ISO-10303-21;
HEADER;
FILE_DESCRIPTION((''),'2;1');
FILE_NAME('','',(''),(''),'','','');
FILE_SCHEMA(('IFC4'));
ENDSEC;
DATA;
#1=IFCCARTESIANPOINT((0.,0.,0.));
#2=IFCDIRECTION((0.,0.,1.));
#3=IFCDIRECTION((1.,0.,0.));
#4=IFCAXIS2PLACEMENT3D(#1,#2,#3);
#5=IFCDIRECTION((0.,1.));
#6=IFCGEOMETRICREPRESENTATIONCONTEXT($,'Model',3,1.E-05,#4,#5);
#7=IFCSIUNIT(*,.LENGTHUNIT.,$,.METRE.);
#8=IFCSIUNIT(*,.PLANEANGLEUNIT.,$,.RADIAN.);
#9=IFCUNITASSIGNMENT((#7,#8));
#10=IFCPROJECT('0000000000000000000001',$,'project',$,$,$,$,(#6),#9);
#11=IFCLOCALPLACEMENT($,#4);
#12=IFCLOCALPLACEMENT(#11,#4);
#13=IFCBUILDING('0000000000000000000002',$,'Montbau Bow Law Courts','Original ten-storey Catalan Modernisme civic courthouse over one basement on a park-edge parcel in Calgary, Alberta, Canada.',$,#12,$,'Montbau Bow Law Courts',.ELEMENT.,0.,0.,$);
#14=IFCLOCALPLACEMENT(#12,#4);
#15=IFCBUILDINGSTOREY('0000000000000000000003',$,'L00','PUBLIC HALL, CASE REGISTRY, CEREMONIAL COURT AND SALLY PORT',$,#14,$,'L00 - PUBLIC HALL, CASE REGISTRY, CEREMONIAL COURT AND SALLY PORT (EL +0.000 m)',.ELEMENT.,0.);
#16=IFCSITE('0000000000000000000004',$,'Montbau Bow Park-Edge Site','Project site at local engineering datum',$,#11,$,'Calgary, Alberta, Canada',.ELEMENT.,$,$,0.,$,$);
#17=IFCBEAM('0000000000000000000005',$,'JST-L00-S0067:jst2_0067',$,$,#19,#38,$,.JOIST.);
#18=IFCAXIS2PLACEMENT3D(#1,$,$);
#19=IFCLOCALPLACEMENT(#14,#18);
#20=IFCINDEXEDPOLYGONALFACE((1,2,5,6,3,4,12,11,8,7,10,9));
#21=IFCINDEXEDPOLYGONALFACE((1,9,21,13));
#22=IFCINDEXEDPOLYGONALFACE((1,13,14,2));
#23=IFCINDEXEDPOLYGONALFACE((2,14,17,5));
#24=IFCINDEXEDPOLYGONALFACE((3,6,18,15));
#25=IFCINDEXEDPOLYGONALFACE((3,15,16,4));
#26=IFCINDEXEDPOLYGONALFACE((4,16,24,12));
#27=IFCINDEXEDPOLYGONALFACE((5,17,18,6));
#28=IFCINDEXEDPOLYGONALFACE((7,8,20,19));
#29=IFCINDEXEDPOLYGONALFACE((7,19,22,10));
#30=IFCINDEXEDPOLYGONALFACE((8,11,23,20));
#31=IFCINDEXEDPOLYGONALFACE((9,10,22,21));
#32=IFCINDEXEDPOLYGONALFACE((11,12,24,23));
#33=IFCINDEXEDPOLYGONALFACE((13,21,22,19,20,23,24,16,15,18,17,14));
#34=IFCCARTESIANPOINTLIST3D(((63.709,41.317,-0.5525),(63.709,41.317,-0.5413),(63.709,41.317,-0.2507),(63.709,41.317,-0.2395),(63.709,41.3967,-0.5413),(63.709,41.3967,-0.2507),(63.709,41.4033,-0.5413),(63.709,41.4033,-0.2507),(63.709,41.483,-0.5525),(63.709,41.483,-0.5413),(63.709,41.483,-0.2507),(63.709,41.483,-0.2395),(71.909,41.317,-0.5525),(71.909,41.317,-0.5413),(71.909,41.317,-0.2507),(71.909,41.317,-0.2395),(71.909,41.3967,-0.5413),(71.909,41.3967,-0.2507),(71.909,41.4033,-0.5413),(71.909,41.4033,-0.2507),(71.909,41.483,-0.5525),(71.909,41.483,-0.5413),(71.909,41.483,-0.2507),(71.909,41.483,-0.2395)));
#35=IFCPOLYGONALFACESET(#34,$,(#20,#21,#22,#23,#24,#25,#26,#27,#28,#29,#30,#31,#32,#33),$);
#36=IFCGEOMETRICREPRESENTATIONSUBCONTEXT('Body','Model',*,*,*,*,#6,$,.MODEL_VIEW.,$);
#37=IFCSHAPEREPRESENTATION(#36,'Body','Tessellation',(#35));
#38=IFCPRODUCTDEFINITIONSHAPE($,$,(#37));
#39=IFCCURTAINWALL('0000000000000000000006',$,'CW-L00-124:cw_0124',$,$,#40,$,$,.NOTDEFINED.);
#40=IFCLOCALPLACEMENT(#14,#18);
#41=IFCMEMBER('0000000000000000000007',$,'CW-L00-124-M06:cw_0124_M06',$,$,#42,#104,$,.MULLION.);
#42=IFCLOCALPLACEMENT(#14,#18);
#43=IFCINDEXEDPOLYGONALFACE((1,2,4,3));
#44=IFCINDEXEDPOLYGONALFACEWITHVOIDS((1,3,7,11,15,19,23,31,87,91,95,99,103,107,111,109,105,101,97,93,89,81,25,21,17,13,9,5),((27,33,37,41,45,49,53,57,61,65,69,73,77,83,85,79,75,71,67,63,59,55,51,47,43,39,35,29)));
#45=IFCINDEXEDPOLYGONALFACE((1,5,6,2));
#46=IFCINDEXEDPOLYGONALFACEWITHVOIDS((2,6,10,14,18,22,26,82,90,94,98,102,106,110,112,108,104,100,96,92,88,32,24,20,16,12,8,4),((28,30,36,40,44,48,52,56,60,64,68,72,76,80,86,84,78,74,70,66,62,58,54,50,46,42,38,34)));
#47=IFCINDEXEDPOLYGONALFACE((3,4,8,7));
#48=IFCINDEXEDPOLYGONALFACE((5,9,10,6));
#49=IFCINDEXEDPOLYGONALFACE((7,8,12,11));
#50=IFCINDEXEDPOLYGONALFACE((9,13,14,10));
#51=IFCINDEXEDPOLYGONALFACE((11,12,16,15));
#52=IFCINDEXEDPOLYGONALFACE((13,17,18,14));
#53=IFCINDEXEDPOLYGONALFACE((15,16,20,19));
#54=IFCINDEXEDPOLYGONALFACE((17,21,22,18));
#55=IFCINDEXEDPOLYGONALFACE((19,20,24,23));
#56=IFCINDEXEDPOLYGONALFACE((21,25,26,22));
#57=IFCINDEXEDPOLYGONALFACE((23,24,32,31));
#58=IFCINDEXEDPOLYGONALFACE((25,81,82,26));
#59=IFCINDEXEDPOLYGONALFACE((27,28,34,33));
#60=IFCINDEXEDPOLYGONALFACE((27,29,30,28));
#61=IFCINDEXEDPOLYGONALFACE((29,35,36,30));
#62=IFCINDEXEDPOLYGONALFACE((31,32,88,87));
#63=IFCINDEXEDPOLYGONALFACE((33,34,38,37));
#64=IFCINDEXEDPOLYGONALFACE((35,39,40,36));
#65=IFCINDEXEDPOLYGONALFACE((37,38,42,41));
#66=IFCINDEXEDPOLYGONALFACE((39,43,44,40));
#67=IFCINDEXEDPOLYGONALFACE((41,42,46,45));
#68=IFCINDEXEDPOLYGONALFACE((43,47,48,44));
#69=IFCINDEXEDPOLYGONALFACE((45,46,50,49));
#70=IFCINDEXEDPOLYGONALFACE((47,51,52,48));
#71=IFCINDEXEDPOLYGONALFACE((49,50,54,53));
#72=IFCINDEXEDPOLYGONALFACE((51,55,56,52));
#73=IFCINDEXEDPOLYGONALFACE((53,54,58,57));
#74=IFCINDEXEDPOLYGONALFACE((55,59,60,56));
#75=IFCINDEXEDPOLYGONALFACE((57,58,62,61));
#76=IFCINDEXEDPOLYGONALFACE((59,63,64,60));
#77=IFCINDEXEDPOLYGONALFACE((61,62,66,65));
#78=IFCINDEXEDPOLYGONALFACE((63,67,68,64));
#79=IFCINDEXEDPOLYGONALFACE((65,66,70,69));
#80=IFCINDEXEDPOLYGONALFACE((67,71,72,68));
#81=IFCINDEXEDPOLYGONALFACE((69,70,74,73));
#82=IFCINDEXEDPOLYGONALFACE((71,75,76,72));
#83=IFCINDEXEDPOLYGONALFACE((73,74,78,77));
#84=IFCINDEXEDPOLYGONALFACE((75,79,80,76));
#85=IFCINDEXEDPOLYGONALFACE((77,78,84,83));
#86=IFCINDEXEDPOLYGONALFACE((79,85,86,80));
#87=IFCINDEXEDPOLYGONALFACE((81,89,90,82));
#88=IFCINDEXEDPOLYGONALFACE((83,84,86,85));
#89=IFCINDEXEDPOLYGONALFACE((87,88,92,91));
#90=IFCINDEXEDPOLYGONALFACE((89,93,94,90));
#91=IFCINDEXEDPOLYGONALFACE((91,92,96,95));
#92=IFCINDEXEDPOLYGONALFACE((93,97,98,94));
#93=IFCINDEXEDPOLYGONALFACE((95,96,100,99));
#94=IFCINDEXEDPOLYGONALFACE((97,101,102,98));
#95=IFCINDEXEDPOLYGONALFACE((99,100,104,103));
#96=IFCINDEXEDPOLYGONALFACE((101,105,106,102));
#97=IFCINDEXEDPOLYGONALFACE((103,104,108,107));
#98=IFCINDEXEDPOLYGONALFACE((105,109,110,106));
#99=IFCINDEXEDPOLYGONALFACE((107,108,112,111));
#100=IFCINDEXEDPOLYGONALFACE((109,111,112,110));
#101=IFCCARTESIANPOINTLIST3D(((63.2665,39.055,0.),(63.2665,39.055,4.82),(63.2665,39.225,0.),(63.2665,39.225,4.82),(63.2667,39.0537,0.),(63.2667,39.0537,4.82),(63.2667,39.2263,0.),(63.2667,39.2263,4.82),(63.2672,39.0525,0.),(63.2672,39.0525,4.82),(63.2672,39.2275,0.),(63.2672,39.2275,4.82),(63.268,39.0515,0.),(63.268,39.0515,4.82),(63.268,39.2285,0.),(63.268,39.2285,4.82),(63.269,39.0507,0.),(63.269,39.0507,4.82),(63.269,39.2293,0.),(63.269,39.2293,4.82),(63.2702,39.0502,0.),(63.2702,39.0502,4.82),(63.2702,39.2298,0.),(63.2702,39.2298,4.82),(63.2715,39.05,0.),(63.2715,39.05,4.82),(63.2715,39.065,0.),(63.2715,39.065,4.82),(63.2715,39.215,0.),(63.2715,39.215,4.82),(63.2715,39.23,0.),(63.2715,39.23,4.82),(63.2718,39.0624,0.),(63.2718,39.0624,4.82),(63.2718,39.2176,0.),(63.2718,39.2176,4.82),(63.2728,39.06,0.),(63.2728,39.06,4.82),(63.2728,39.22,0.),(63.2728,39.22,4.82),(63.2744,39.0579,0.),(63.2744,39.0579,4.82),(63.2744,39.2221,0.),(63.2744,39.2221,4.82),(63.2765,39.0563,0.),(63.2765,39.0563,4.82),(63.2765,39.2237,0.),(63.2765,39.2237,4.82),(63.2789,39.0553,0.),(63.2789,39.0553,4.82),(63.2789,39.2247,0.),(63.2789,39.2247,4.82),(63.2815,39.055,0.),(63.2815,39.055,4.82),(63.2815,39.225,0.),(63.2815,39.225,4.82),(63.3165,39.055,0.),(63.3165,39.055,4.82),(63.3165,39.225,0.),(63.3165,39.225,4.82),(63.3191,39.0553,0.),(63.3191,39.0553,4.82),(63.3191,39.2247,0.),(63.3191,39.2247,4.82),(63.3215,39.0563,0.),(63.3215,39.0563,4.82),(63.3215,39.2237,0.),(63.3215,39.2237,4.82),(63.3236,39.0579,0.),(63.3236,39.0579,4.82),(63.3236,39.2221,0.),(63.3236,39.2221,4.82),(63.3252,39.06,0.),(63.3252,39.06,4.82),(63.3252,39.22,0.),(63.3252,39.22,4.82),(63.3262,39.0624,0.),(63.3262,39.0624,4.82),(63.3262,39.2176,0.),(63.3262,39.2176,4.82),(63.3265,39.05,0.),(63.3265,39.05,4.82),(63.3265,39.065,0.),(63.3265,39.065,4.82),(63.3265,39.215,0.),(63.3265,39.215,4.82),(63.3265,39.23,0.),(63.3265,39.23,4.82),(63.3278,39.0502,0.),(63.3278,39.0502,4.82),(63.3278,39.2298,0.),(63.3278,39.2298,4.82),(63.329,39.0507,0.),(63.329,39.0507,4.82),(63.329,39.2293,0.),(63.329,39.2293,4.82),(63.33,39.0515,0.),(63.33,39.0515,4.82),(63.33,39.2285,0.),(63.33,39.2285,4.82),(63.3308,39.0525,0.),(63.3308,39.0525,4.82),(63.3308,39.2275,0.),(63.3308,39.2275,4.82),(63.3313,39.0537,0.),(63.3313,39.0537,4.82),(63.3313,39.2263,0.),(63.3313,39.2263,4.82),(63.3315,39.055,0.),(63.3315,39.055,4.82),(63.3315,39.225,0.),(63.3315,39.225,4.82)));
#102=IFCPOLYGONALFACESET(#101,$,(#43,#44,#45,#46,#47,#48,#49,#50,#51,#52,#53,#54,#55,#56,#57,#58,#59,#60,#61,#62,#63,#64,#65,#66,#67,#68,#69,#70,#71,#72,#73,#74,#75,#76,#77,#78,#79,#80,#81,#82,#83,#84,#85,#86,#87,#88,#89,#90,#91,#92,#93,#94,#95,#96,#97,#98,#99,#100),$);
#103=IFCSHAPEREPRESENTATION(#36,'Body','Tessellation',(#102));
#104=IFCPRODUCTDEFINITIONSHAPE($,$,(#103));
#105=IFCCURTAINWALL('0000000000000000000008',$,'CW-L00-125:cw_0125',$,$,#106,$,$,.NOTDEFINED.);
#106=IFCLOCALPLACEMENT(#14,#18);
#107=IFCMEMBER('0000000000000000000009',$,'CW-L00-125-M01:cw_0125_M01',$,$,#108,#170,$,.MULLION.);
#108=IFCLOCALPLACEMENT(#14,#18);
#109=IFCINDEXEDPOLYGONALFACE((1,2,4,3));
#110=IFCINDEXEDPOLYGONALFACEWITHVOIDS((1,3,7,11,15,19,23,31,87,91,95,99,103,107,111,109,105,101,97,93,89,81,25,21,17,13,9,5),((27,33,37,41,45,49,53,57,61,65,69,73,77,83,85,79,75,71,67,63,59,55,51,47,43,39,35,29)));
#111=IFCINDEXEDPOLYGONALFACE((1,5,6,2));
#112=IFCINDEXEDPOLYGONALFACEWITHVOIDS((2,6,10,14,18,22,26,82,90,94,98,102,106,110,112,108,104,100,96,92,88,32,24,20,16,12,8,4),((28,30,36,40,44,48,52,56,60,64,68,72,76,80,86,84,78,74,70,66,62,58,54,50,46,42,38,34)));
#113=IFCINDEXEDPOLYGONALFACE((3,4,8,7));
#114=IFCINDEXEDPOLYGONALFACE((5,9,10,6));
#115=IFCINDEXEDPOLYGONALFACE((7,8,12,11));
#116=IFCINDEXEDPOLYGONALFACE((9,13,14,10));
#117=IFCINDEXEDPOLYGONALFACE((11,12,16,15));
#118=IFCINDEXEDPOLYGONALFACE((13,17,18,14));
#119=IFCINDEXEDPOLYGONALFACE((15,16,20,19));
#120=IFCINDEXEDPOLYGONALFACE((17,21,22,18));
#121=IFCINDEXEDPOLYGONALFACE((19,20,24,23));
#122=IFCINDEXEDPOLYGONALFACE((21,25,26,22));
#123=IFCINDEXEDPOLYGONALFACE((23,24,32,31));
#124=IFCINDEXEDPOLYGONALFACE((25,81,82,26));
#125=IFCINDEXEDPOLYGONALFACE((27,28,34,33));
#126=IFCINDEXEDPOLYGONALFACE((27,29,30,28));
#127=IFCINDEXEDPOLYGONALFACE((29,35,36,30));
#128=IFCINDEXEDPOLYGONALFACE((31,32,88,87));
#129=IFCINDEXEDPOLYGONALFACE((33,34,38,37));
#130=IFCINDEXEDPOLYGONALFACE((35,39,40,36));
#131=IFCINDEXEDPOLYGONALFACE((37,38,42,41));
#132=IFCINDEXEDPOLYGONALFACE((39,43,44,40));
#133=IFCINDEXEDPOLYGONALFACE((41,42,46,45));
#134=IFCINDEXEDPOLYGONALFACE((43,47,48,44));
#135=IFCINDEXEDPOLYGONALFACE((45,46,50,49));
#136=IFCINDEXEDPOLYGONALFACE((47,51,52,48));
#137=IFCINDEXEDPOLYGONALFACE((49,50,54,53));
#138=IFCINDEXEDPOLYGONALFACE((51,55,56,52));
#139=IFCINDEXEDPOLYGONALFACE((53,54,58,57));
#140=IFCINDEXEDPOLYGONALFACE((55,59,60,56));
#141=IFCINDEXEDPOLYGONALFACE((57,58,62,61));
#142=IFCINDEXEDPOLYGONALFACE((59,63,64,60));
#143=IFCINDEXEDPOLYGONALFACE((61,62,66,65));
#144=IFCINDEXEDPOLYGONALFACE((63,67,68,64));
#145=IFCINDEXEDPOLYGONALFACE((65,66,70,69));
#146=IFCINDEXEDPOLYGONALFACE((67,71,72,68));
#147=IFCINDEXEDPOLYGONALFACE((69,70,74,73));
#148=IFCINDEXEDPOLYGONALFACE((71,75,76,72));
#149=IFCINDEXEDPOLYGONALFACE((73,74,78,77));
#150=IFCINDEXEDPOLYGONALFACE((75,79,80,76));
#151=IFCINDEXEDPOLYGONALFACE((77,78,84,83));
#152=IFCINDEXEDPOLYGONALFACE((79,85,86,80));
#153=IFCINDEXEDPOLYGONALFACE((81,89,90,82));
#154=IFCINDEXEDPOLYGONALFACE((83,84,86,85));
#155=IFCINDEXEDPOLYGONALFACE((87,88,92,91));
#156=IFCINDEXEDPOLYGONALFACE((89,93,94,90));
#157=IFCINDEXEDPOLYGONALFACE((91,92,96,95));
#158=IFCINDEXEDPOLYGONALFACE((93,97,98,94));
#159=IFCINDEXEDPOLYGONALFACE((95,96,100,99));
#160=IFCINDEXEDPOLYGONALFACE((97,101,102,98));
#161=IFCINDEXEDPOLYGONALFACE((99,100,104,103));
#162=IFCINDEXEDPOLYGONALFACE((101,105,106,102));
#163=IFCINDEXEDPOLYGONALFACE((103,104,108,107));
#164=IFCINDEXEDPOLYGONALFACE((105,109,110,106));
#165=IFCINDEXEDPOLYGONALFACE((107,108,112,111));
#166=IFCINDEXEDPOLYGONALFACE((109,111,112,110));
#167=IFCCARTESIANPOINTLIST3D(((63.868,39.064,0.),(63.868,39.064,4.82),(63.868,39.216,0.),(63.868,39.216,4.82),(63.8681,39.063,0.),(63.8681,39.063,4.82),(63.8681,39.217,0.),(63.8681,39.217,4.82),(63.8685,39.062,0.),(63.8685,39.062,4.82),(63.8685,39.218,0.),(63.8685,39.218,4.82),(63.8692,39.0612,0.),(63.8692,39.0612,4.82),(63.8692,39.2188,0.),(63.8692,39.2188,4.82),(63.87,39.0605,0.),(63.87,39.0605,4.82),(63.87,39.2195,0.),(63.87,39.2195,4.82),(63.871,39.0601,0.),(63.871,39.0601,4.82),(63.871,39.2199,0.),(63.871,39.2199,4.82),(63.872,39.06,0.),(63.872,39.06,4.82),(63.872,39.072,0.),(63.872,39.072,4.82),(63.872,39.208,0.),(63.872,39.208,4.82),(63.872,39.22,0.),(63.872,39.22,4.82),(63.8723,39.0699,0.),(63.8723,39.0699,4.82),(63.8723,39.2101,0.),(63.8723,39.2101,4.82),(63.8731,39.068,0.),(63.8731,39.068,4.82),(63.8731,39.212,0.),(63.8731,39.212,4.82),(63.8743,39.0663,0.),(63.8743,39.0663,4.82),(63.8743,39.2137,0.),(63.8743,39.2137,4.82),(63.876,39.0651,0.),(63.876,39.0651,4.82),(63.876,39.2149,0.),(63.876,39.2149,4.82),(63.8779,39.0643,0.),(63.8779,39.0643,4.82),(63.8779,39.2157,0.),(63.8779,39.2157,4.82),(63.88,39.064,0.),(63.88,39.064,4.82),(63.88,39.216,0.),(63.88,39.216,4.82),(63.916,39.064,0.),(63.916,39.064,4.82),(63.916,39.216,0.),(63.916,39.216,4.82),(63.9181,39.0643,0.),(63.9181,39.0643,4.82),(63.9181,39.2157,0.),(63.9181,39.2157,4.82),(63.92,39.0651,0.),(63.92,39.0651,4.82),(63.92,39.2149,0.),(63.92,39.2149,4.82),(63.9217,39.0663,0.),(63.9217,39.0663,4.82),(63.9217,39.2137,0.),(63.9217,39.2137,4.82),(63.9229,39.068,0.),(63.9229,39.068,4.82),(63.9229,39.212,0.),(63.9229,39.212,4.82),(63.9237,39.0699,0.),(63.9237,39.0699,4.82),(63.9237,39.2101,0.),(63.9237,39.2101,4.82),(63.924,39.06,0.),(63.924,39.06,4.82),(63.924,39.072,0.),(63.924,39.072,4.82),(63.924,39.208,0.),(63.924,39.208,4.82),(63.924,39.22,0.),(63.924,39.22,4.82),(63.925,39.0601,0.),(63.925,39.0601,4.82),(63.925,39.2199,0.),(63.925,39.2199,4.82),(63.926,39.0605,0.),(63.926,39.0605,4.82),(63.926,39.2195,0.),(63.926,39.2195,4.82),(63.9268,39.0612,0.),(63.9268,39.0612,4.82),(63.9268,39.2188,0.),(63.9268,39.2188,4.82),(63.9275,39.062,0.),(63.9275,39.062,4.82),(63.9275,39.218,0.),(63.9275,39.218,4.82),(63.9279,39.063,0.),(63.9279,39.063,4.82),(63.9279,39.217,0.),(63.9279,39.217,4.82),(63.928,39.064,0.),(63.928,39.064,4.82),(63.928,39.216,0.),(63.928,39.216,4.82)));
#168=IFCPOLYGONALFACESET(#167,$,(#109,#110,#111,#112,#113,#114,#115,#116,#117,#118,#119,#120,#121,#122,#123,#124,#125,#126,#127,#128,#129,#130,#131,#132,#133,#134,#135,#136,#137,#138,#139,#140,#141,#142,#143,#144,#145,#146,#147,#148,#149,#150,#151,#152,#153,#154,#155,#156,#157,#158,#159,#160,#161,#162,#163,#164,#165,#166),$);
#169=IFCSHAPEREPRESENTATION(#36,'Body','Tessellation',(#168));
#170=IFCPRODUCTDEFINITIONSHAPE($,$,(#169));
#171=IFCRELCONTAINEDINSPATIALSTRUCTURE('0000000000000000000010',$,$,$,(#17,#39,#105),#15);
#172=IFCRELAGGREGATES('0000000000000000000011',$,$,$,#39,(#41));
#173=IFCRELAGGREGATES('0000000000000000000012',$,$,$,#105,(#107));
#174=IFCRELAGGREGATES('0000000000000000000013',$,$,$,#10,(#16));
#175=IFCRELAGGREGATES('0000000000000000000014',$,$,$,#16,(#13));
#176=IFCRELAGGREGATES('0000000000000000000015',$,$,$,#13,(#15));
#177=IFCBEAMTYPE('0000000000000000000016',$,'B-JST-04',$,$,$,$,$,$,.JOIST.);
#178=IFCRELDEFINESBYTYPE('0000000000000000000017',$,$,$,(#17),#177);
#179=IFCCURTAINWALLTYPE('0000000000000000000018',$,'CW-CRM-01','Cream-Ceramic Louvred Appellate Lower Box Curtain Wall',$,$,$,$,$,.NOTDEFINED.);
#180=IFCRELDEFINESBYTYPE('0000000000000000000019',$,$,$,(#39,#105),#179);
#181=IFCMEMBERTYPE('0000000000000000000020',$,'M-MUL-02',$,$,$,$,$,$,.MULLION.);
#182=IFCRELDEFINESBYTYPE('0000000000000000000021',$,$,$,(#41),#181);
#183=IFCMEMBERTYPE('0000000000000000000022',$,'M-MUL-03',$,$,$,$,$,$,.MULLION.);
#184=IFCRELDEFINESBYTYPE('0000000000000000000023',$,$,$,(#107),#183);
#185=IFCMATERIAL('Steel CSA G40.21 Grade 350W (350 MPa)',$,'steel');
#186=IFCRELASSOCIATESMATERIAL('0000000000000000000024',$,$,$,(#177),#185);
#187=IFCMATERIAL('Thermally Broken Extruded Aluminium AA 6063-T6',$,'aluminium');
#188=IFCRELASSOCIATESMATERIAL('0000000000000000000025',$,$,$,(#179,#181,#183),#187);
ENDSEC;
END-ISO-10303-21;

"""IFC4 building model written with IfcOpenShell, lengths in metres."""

from ifc_helpers import new_model, si_unit, direction, frame, origin_with_axes, origin_2d_with_axis, place, context, subcontext, project, spatial, hollow_rectangle, i_section, extrude, material, material_profile, profile_set, type_object, element, aggregate, save


model = new_model("IFC4")

# Units and contexts
model_context = context("Model", 3, precision=1e-05, world=origin_with_axes(), true_north=direction((0.0, 1.0)))
body_context = subcontext(model_context, "Body", "Model", "MODEL_VIEW")
ifc_project = project(units=[si_unit("LENGTHUNIT", "METRE"), si_unit("PLANEANGLEUNIT", "RADIAN")], contexts=[model_context])

# Site, building, storey
site_placement = place(None, origin_with_axes())
site = spatial("IfcSite", under=ifc_project, at=site_placement, Name="Montbau Bow Park-Edge Site", Description="Project site at local engineering datum", LongName="Calgary, Alberta, Canada", CompositionType="ELEMENT", RefElevation=0.0)
building_placement = place(site_placement, origin_with_axes())
building = spatial("IfcBuilding", under=site, at=building_placement, Name="Montbau Bow Law Courts", Description="Original ten-storey Catalan Modernisme civic courthouse over one basement on a park-edge parcel in Calgary, Alberta, Canada.", LongName="Montbau Bow Law Courts", CompositionType="ELEMENT", ElevationOfRefHeight=0.0, ElevationOfTerrain=0.0)
storey_placement = place(building_placement, origin_with_axes())
storey = spatial("IfcBuildingStorey", under=building, at=storey_placement, Name="L00", Description="PUBLIC HALL, CASE REGISTRY, CEREMONIAL COURT AND SALLY PORT", LongName="L00 - PUBLIC HALL, CASE REGISTRY, CEREMONIAL COURT AND SALLY PORT (EL +0.000 m)", CompositionType="ELEMENT", Elevation=0.0)

# Beam
ifc_material_1 = material(Name="Steel CSA G40.21 Grade 350W (350 MPa)", Category="steel")
ifc_material_profile_1 = material_profile(ifc_material_1, i_section(OverallWidth=0.166, OverallDepth=0.313, WebThickness=0.0066, FlangeThickness=0.0112, at=origin_2d_with_axis()), Name="W310X45", Category="Main", Priority=0)
ifc_profile_set_1 = profile_set([ifc_material_profile_1], Name="Steel CSA G40.21 Grade 350W (350 MPa)")
beam_type = type_object("IfcBeamType", Name="B-JST-04", PredefinedType="JOIST", material=ifc_profile_set_1)
beam_placement = place(None, frame((63.709, 41.4, -0.396), z_axis=(1.0, 0.0, 0.0), x_axis=(0.0, 1.0, 0.0)))
element("IfcBeam", 1, at=beam_placement, inside=storey, type_object=beam_type, Name="JST-L00-S0067:jst2_0067", PredefinedType="JOIST", context=body_context, shape_type="SweptSolid", body=[
    extrude(i_section(OverallWidth=0.166, OverallDepth=0.313, WebThickness=0.0066, FlangeThickness=0.0112, at=origin_2d_with_axis()), origin_with_axes(), (0.0, 0.0, 1.0), 8.2),
])

# Curtain wall, member
ifc_material_2 = material(Name="Thermally Broken Extruded Aluminium AA 6063-T6", Category="aluminium")
curtain_wall_type = type_object("IfcCurtainWallType", Name="CW-CRM-01", Description="Cream-Ceramic Louvred Appellate Lower Box Curtain Wall", PredefinedType="NOTDEFINED", material=ifc_material_2)
curtain_wall_1_placement = place(None, frame((55.715, 39.14, 0.0), z_axis=(0.0, 0.0, 1.0), x_axis=(1.0, 0.0, 0.0)))
curtain_wall_1 = element("IfcCurtainWall", 2, at=curtain_wall_1_placement, inside=storey, type_object=curtain_wall_type, Name="CW-L00-124:cw_0124", PredefinedType="NOTDEFINED")
ifc_material_profile_2 = material_profile(ifc_material_2, hollow_rectangle(XDim=0.065, YDim=0.18, WallThickness=0.005, InnerFilletRadius=0.01, OuterFilletRadius=0.005, at=origin_2d_with_axis()), Name="CWM-180X65", Category="Main", Priority=0)
ifc_profile_set_2 = profile_set([ifc_material_profile_2], Name="Thermally Broken Extruded Aluminium AA 6063-T6")
member_type_1 = type_object("IfcMemberType", Name="M-MUL-02", PredefinedType="MULLION", material=ifc_profile_set_2)
member_1_placement = place(None, frame((63.299, 39.14, 0.0), z_axis=(0.0, 0.0, 1.0), x_axis=(1.0, 0.0, 0.0)))
member_1 = element("IfcMember", 3, at=member_1_placement, type_object=member_type_1, Name="CW-L00-124-M06:cw_0124_M06", PredefinedType="MULLION", context=body_context, shape_type="SweptSolid", body=[
    extrude(hollow_rectangle(XDim=0.065, YDim=0.18, WallThickness=0.005, InnerFilletRadius=0.01, OuterFilletRadius=0.005, at=origin_2d_with_axis()), origin_with_axes(), (0.0, 0.0, 1.0), 4.82),
])

# Curtain wall, member
curtain_wall_2_placement = place(None, frame((63.868, 39.14, 0.0), z_axis=(0.0, 0.0, 1.0), x_axis=(1.0, 0.0, 0.0)))
curtain_wall_2 = element("IfcCurtainWall", 4, at=curtain_wall_2_placement, inside=storey, type_object=curtain_wall_type, Name="CW-L00-125:cw_0125", PredefinedType="NOTDEFINED")
ifc_material_profile_3 = material_profile(ifc_material_2, hollow_rectangle(XDim=0.06, YDim=0.16, WallThickness=0.004, InnerFilletRadius=0.008, OuterFilletRadius=0.004, at=origin_2d_with_axis()), Name="CWM-160X60", Category="Main", Priority=0)
ifc_profile_set_3 = profile_set([ifc_material_profile_3], Name="Thermally Broken Extruded Aluminium AA 6063-T6")
member_type_2 = type_object("IfcMemberType", Name="M-MUL-03", PredefinedType="MULLION", material=ifc_profile_set_3)
member_2_placement = place(None, frame((63.898, 39.14, 0.0), z_axis=(0.0, 0.0, 1.0), x_axis=(1.0, 0.0, 0.0)))
member_2 = element("IfcMember", 5, at=member_2_placement, type_object=member_type_2, Name="CW-L00-125-M01:cw_0125_M01", PredefinedType="MULLION", context=body_context, shape_type="SweptSolid", body=[
    extrude(hollow_rectangle(XDim=0.06, YDim=0.16, WallThickness=0.004, InnerFilletRadius=0.008, OuterFilletRadius=0.004, at=origin_2d_with_axis()), origin_with_axes(), (0.0, 0.0, 1.0), 4.82),
])

aggregate(curtain_wall_1, [member_1])

aggregate(curtain_wall_2, [member_2])

save(model, "model.ifc")
